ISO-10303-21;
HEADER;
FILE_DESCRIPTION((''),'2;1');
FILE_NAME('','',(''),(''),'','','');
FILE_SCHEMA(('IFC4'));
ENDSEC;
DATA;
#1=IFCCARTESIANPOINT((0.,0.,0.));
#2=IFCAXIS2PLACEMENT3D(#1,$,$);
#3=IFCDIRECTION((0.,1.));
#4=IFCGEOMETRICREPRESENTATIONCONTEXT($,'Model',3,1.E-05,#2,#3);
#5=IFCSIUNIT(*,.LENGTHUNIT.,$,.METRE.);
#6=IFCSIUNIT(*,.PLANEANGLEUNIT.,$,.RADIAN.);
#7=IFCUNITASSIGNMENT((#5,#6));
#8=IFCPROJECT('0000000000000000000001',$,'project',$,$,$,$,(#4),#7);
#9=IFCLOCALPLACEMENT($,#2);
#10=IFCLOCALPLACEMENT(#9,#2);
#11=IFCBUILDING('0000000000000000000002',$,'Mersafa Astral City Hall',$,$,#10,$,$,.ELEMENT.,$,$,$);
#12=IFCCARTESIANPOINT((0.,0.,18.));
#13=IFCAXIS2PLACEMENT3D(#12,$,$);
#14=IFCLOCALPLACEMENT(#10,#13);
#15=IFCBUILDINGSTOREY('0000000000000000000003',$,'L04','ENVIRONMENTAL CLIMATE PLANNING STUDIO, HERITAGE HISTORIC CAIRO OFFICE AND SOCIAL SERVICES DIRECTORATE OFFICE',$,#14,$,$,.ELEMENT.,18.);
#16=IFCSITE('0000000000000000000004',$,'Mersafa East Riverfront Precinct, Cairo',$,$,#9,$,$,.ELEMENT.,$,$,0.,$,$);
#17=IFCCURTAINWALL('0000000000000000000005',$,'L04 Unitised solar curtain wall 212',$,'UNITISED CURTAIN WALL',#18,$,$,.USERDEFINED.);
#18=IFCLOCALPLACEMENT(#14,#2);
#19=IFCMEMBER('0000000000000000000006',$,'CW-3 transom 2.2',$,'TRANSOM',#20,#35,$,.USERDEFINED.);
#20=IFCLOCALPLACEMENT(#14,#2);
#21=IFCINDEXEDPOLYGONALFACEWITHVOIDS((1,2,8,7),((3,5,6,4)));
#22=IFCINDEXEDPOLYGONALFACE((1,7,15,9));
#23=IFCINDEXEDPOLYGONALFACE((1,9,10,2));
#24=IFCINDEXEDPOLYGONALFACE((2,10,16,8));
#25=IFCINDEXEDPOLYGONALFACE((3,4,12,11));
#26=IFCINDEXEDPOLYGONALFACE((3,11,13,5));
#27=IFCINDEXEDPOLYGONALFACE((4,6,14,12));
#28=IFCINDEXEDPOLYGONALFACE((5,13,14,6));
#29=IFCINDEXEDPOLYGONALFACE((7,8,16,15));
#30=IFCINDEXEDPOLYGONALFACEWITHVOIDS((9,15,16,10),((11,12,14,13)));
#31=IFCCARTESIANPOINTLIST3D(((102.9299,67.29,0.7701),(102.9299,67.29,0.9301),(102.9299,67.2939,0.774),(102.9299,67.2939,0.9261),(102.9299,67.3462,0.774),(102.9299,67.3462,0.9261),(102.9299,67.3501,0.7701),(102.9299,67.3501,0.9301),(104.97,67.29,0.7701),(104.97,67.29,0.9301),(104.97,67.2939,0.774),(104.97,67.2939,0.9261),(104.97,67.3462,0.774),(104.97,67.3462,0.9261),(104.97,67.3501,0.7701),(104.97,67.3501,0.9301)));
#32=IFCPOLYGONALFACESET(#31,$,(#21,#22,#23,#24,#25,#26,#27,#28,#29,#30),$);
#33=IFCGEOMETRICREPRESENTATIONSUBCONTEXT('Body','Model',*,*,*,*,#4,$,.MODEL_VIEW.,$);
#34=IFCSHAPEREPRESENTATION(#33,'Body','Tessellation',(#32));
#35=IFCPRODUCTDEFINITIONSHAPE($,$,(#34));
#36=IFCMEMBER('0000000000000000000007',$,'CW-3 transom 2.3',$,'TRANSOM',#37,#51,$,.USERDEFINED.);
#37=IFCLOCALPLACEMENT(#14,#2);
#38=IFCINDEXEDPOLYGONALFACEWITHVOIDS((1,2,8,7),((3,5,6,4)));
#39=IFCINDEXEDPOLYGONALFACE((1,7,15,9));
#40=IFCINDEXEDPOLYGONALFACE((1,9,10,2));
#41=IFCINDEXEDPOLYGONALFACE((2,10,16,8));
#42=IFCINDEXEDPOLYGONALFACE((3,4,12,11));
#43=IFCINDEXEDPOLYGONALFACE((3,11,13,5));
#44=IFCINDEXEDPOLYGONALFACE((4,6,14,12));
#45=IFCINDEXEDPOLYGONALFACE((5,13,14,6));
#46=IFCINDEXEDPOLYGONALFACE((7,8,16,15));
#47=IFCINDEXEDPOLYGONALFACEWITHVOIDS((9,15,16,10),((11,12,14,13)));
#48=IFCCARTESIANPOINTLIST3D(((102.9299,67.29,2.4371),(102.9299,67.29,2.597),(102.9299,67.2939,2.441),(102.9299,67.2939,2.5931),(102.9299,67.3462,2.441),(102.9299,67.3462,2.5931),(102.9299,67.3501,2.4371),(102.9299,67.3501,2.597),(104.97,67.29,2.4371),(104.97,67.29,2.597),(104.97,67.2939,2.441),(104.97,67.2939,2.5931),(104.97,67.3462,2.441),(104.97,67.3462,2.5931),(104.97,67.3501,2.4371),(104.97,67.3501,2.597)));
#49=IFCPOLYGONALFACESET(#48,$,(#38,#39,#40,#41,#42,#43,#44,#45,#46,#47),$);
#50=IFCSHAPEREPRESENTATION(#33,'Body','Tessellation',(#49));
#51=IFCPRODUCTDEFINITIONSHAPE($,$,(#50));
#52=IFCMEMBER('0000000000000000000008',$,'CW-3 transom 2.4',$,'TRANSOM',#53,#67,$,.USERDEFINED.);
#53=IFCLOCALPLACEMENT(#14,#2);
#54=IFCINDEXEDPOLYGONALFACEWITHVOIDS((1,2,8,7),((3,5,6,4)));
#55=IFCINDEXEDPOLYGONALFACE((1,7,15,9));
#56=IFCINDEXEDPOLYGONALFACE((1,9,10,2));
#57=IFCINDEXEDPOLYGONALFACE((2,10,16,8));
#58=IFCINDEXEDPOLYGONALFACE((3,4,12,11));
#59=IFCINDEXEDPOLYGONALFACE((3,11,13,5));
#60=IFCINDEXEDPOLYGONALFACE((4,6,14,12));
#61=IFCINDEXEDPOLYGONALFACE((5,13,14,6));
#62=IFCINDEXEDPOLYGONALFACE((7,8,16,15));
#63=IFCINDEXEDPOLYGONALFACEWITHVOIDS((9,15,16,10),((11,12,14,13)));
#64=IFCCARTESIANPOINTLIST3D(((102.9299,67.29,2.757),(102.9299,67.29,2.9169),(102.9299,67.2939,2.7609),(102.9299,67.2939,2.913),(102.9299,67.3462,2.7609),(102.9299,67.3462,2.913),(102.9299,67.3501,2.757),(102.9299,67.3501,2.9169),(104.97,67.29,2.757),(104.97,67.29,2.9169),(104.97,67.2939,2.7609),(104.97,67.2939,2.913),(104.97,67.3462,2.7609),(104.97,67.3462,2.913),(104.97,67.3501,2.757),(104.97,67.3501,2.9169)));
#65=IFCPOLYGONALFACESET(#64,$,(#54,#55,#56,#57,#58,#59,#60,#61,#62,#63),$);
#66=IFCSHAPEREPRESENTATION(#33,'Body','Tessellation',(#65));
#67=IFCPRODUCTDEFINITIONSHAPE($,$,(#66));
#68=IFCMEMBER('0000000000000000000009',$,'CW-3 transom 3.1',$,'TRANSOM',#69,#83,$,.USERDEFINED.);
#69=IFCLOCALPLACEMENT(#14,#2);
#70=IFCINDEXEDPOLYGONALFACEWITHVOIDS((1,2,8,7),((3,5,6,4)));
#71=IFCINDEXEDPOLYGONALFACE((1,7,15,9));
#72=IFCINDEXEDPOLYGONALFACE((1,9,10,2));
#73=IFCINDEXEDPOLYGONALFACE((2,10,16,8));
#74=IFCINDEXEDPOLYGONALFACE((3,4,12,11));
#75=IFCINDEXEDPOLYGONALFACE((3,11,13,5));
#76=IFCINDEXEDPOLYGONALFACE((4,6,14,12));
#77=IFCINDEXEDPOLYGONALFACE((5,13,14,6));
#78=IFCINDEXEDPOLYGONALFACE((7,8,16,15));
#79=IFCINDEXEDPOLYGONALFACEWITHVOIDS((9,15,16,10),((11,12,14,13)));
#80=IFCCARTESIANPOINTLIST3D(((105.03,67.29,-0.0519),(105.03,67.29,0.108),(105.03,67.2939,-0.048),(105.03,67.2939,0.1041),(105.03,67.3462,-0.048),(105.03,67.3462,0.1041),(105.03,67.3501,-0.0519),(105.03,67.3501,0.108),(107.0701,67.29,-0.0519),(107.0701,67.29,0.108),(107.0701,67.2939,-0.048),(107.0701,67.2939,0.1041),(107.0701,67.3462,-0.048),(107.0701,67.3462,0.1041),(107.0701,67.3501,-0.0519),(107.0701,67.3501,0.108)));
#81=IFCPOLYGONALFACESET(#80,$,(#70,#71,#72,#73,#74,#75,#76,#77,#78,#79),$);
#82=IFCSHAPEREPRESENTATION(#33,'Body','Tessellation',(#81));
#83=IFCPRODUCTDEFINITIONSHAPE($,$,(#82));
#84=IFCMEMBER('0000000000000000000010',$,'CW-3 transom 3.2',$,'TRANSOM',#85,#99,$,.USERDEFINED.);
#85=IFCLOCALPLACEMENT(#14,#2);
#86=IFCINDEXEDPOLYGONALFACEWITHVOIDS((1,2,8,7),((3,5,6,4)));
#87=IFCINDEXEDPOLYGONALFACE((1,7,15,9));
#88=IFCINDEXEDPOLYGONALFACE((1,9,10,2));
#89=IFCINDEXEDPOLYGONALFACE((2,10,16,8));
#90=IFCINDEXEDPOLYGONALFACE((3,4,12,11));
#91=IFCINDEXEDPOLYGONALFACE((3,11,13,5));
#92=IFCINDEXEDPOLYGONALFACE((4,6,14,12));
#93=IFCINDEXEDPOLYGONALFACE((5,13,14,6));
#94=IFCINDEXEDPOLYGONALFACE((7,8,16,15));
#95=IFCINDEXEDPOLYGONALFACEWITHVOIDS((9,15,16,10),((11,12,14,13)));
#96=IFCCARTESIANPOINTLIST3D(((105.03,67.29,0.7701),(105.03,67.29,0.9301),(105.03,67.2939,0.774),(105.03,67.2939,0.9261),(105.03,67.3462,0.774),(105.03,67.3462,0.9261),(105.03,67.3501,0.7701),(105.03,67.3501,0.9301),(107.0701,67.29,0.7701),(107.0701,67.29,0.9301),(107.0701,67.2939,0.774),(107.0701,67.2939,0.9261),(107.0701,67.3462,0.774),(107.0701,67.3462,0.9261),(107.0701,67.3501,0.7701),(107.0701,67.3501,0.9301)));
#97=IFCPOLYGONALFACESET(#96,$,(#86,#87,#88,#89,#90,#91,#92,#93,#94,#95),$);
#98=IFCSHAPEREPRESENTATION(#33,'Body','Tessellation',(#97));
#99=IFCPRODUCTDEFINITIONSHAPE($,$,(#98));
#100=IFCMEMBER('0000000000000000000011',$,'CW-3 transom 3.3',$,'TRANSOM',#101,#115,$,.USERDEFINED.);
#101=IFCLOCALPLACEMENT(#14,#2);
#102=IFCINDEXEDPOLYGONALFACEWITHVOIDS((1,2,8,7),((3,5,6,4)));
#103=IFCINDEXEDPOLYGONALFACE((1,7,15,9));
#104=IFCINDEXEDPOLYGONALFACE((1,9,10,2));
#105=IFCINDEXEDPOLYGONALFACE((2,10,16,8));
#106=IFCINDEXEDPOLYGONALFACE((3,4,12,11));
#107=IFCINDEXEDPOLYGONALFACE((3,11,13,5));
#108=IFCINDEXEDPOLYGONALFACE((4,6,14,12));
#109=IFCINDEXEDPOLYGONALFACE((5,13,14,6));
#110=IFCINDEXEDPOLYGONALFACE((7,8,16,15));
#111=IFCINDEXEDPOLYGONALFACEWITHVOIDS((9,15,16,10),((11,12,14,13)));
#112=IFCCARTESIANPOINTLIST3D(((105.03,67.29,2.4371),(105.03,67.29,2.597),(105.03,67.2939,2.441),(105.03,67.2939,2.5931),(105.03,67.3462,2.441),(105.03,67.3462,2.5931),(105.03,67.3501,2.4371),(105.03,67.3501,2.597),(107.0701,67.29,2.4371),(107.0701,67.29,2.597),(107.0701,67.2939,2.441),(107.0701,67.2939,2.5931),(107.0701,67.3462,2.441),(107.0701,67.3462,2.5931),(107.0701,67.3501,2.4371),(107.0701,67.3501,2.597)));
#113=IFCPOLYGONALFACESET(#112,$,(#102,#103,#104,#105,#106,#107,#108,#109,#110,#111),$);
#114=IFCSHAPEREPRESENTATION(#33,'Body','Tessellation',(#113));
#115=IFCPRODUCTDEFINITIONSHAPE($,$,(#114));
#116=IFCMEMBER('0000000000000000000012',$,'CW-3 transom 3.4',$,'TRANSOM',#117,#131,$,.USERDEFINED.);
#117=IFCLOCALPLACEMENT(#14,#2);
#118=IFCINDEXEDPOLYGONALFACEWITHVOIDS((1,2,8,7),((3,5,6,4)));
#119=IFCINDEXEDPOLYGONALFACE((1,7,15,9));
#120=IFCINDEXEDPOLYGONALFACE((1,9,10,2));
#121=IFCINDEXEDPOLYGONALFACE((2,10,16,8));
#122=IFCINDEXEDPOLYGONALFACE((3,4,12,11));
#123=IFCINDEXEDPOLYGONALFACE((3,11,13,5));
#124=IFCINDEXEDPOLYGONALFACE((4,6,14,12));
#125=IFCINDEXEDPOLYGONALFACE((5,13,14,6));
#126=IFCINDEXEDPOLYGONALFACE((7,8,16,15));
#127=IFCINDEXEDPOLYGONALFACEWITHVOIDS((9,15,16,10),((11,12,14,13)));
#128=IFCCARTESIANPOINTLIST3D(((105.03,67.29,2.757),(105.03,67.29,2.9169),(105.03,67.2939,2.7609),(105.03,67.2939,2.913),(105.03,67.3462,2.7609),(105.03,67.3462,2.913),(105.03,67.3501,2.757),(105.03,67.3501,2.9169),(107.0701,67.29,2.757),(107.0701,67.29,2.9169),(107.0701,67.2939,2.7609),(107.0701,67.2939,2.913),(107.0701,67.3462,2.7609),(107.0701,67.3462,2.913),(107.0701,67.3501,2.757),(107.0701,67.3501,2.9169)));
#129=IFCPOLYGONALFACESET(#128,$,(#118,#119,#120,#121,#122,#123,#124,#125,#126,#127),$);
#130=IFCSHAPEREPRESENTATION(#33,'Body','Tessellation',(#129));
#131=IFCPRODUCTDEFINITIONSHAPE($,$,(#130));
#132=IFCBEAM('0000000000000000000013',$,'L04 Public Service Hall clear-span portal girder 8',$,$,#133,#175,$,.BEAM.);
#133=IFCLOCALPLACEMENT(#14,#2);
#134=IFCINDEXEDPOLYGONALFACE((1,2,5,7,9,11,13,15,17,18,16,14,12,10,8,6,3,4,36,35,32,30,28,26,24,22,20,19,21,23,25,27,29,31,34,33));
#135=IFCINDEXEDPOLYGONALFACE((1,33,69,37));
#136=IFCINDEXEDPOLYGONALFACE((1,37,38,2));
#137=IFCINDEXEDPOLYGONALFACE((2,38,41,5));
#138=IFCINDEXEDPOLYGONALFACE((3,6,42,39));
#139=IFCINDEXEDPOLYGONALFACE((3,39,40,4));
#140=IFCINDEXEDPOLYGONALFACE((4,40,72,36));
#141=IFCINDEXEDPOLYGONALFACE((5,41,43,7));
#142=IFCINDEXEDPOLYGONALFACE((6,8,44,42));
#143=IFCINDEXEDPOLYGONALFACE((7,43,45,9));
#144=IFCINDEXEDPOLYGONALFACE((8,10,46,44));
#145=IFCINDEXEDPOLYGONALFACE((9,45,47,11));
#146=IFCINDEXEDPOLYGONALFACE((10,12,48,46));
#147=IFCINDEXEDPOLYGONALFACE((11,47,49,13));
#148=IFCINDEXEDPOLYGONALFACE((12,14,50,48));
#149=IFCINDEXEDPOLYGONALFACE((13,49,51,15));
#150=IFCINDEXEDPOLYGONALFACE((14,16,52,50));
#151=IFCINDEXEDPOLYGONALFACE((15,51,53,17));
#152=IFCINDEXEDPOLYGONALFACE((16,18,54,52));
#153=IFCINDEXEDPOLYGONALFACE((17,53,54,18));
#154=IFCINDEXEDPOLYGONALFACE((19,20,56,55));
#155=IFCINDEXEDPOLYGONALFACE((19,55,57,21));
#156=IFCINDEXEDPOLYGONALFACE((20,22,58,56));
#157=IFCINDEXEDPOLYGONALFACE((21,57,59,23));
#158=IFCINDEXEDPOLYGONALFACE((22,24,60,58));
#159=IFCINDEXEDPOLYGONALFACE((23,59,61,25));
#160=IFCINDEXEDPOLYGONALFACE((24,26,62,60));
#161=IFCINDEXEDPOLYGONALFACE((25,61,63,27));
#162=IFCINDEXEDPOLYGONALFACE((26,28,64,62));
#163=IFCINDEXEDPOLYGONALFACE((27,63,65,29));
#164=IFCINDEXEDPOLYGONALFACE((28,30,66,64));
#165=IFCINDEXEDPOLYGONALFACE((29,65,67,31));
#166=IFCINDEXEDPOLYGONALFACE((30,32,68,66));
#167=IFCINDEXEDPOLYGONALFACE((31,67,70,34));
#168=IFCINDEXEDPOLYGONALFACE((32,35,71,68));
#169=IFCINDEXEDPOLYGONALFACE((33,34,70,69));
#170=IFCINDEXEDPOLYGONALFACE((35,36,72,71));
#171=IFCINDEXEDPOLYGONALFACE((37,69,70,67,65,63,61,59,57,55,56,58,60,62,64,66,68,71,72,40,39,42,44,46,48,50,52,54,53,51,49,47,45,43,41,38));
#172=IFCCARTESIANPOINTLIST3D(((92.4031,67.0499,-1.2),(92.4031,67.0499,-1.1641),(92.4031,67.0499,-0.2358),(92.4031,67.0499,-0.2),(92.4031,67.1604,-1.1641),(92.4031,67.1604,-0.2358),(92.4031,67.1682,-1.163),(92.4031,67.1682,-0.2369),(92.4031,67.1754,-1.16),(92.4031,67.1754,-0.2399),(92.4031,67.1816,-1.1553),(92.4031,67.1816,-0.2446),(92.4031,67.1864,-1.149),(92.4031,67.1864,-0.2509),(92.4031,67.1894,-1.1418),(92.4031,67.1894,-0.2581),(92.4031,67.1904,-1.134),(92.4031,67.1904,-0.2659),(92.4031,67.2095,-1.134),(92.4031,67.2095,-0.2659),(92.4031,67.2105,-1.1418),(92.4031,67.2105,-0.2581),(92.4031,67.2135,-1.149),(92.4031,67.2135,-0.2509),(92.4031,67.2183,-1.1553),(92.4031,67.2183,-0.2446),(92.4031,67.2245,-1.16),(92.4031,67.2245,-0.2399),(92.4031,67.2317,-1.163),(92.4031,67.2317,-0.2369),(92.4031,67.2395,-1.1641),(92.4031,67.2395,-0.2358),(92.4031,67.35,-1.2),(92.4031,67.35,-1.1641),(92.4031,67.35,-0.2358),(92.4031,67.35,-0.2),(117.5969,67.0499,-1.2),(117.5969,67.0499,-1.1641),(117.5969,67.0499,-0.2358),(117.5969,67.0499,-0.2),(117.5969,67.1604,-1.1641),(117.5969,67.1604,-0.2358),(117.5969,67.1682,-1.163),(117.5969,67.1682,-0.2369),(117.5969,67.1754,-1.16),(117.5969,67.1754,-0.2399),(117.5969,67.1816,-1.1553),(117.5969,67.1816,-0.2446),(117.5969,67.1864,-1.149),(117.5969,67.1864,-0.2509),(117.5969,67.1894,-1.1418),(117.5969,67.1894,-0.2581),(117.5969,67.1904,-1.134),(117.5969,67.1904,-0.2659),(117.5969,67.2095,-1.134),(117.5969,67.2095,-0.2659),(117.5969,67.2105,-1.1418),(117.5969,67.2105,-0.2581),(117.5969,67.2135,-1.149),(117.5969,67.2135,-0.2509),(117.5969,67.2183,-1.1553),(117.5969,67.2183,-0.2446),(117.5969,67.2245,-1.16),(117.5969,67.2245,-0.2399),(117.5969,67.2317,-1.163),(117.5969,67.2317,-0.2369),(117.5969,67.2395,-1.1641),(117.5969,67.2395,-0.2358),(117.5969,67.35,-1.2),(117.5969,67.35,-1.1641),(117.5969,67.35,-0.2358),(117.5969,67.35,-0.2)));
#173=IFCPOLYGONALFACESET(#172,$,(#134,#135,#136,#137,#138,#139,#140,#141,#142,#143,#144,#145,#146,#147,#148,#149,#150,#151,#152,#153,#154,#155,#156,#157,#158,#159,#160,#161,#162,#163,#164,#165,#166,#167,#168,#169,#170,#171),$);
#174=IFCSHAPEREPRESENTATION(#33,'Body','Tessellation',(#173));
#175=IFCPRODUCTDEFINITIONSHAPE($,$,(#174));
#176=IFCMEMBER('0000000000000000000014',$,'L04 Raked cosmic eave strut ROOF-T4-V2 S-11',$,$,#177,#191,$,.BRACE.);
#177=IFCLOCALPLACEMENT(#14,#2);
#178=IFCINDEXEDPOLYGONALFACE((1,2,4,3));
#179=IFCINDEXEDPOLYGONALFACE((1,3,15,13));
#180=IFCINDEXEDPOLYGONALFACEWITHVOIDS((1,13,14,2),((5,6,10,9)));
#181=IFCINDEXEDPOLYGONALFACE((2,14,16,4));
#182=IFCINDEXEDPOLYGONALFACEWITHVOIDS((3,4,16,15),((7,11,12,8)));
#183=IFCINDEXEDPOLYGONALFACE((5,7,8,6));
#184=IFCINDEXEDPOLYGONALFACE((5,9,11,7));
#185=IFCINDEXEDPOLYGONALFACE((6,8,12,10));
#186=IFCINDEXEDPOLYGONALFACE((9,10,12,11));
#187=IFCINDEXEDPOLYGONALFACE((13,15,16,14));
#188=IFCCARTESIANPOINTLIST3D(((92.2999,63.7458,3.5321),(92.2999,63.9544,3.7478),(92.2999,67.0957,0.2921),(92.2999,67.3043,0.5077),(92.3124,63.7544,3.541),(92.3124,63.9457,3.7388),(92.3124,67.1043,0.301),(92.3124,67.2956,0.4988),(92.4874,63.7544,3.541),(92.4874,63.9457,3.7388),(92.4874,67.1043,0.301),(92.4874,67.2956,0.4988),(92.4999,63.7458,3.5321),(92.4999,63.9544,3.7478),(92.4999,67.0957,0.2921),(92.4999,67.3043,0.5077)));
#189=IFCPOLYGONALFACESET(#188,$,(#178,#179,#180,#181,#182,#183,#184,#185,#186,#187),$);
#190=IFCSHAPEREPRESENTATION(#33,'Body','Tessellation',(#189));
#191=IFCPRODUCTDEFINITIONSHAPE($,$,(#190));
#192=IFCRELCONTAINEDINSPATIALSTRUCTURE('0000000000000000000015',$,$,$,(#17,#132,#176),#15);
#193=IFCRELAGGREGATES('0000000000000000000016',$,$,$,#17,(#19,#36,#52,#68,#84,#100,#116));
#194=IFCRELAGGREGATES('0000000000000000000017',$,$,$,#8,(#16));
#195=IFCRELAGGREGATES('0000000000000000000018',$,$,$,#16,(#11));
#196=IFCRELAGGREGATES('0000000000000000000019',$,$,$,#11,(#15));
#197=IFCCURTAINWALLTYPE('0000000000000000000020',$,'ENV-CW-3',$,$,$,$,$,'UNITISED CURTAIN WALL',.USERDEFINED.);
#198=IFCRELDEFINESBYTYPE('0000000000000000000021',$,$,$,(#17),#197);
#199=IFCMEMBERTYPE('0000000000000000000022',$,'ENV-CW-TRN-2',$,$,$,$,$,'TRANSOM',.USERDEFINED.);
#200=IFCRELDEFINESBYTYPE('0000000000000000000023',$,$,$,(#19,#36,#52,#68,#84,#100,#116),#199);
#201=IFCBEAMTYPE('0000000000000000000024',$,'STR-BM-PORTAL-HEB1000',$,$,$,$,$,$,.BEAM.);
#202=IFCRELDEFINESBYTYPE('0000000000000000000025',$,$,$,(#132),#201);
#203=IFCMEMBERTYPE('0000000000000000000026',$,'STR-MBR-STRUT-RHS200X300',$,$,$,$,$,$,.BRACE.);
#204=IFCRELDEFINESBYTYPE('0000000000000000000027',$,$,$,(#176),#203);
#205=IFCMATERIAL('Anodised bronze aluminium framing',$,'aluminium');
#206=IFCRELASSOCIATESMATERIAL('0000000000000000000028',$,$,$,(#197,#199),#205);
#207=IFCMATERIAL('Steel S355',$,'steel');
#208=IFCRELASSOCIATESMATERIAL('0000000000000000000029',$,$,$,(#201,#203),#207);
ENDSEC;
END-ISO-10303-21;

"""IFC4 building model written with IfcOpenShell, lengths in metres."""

from ifc_helpers import new_model, si_unit, direction, frame, origin, origin_2d, place, context, subcontext, project, spatial, hollow_rectangle, i_section, extrude, material, material_profile, profile_set, type_object, element, aggregate, save


model = new_model("IFC4")

# Units and contexts
model_context = context("Model", 3, precision=1e-05, world=origin(), true_north=direction((0.0, 1.0)))
body_context = subcontext(model_context, "Body", "Model", "MODEL_VIEW")
ifc_project = project(units=[si_unit("LENGTHUNIT", "METRE"), si_unit("PLANEANGLEUNIT", "RADIAN")], contexts=[model_context])

# Site, building, storey
site_placement = place(None, origin())
site = spatial("IfcSite", under=ifc_project, at=site_placement, Name="Mersafa East Riverfront Precinct, Cairo", CompositionType="ELEMENT", RefElevation=0.0)
building_placement = place(site_placement, origin())
building = spatial("IfcBuilding", under=site, at=building_placement, Name="Mersafa Astral City Hall", CompositionType="ELEMENT")
storey_placement = place(building_placement, frame((0.0, 0.0, 18.0)))
storey = spatial("IfcBuildingStorey", under=building, at=storey_placement, Name="L04", Description="ENVIRONMENTAL CLIMATE PLANNING STUDIO, HERITAGE HISTORIC CAIRO OFFICE AND SOCIAL SERVICES DIRECTORATE OFFICE", CompositionType="ELEMENT", Elevation=18.0)

# Shared definitions
ifc_material_1 = material(Name="Steel S355", Category="steel")

# Curtain wall, members
ifc_material_2 = material(Name="Anodised bronze aluminium framing", Category="aluminium")
curtain_wall_type = type_object("IfcCurtainWallType", Name="ENV-CW-3", ElementType="UNITISED CURTAIN WALL", PredefinedType="USERDEFINED", material=ifc_material_2)
curtain_wall_placement = place(storey_placement, origin())
curtain_wall = element("IfcCurtainWall", 1, at=curtain_wall_placement, inside=storey, type_object=curtain_wall_type, Name="L04 Unitised solar curtain wall 212", ObjectType="UNITISED CURTAIN WALL", PredefinedType="USERDEFINED")
ifc_material_profile_1 = material_profile(ifc_material_2, hollow_rectangle(XDim=0.0601, YDim=0.1599, WallThickness=0.0039, at=origin_2d()), Name="RHS 60x160x4")
ifc_profile_set_1 = profile_set([ifc_material_profile_1], Name="Anodised bronze aluminium framing")
member_type_1 = type_object("IfcMemberType", Name="ENV-CW-TRN-2", ElementType="TRANSOM", PredefinedType="USERDEFINED", material=ifc_profile_set_1)
member_1_placement = place(storey_placement, frame((102.9299, 67.3201, 0.8501), z_axis=(1.0, 0.0, 0.0), x_axis=(0.0, 1.0, 0.0)))
member_1 = element("IfcMember", 2, at=member_1_placement, type_object=member_type_1, Name="CW-3 transom 2.2", ObjectType="TRANSOM", PredefinedType="USERDEFINED", context=body_context, shape_type="SweptSolid", body=[
    extrude(hollow_rectangle(XDim=0.0601, YDim=0.1599, WallThickness=0.0039, at=origin_2d()), origin(), (0.0, 0.0, 1.0), 2.04),
])
member_2_placement = place(storey_placement, frame((102.9299, 67.3201, 2.5171), z_axis=(1.0, 0.0, 0.0), x_axis=(0.0, 1.0, 0.0)))
member_2 = element("IfcMember", 3, at=member_2_placement, type_object=member_type_1, Name="CW-3 transom 2.3", ObjectType="TRANSOM", PredefinedType="USERDEFINED", context=body_context, shape_type="SweptSolid", body=[
    extrude(hollow_rectangle(XDim=0.0601, YDim=0.1599, WallThickness=0.0039, at=origin_2d()), origin(), (0.0, 0.0, 1.0), 2.04),
])
member_3_placement = place(storey_placement, frame((102.9299, 67.3201, 2.8369), z_axis=(1.0, 0.0, 0.0), x_axis=(0.0, 1.0, 0.0)))
member_3 = element("IfcMember", 4, at=member_3_placement, type_object=member_type_1, Name="CW-3 transom 2.4", ObjectType="TRANSOM", PredefinedType="USERDEFINED", context=body_context, shape_type="SweptSolid", body=[
    extrude(hollow_rectangle(XDim=0.0601, YDim=0.1599, WallThickness=0.0039, at=origin_2d()), origin(), (0.0, 0.0, 1.0), 2.04),
])
member_4_placement = place(storey_placement, frame((105.03, 67.3201, 0.0281), z_axis=(1.0, 0.0, 0.0), x_axis=(0.0, 1.0, 0.0)))
member_4 = element("IfcMember", 5, at=member_4_placement, type_object=member_type_1, Name="CW-3 transom 3.1", ObjectType="TRANSOM", PredefinedType="USERDEFINED", context=body_context, shape_type="SweptSolid", body=[
    extrude(hollow_rectangle(XDim=0.0601, YDim=0.1599, WallThickness=0.0039, at=origin_2d()), origin(), (0.0, 0.0, 1.0), 2.04),
])
member_5_placement = place(storey_placement, frame((105.03, 67.3201, 0.8501), z_axis=(1.0, 0.0, 0.0), x_axis=(0.0, 1.0, 0.0)))
member_5 = element("IfcMember", 6, at=member_5_placement, type_object=member_type_1, Name="CW-3 transom 3.2", ObjectType="TRANSOM", PredefinedType="USERDEFINED", context=body_context, shape_type="SweptSolid", body=[
    extrude(hollow_rectangle(XDim=0.0601, YDim=0.1599, WallThickness=0.0039, at=origin_2d()), origin(), (0.0, 0.0, 1.0), 2.04),
])
member_6_placement = place(storey_placement, frame((105.03, 67.3201, 2.5171), z_axis=(1.0, 0.0, 0.0), x_axis=(0.0, 1.0, 0.0)))
member_6 = element("IfcMember", 7, at=member_6_placement, type_object=member_type_1, Name="CW-3 transom 3.3", ObjectType="TRANSOM", PredefinedType="USERDEFINED", context=body_context, shape_type="SweptSolid", body=[
    extrude(hollow_rectangle(XDim=0.0601, YDim=0.1599, WallThickness=0.0039, at=origin_2d()), origin(), (0.0, 0.0, 1.0), 2.04),
])
member_7_placement = place(storey_placement, frame((105.03, 67.3201, 2.8369), z_axis=(1.0, 0.0, 0.0), x_axis=(0.0, 1.0, 0.0)))
member_7 = element("IfcMember", 8, at=member_7_placement, type_object=member_type_1, Name="CW-3 transom 3.4", ObjectType="TRANSOM", PredefinedType="USERDEFINED", context=body_context, shape_type="SweptSolid", body=[
    extrude(hollow_rectangle(XDim=0.0601, YDim=0.1599, WallThickness=0.0039, at=origin_2d()), origin(), (0.0, 0.0, 1.0), 2.04),
])

# Beam
ifc_material_profile_2 = material_profile(ifc_material_1, i_section(OverallWidth=0.3, OverallDepth=1.0, WebThickness=0.019, FlangeThickness=0.0359, FilletRadius=0.03, at=origin_2d()), Name="HEB 1000")
ifc_profile_set_2 = profile_set([ifc_material_profile_2], Name="Steel S355")
beam_type = type_object("IfcBeamType", Name="STR-BM-PORTAL-HEB1000", PredefinedType="BEAM", material=ifc_profile_set_2)
beam_placement = place(storey_placement, frame((92.4031, 67.2, -0.7), z_axis=(1.0, 0.0, 0.0), x_axis=(0.0, 1.0, 0.0)))
element("IfcBeam", 9, at=beam_placement, inside=storey, type_object=beam_type, Name="L04 Public Service Hall clear-span portal girder 8", PredefinedType="BEAM", context=body_context, shape_type="SweptSolid", body=[
    extrude(i_section(OverallWidth=0.3, OverallDepth=1.0, WebThickness=0.019, FlangeThickness=0.0359, FilletRadius=0.03, at=origin_2d()), origin(), (0.0, 0.0, 1.0), 25.1938),
])

# Member
ifc_material_profile_3 = material_profile(ifc_material_1, hollow_rectangle(XDim=0.2, YDim=0.3, WallThickness=0.0125, at=origin_2d()), Name="RHS 200x300x12.5")
ifc_profile_set_3 = profile_set([ifc_material_profile_3], Name="Steel S355")
member_type_2 = type_object("IfcMemberType", Name="STR-MBR-STRUT-RHS200X300", PredefinedType="BRACE", material=ifc_profile_set_3)
member_8_placement = place(storey_placement, frame((92.3999, 67.2, 0.3999), z_axis=(0.0, -0.718796, 0.695222), x_axis=(1.0, 0.0, 0.0)))
element("IfcMember", 10, at=member_8_placement, inside=storey, type_object=member_type_2, Name="L04 Raked cosmic eave strut ROOF-T4-V2 S-11", PredefinedType="BRACE", context=body_context, shape_type="SweptSolid", body=[
    extrude(hollow_rectangle(XDim=0.2, YDim=0.3, WallThickness=0.0125, at=origin_2d()), origin(), (0.0, 0.0, 1.0), 4.6604),
])

aggregate(curtain_wall, [member_1, member_2, member_3, member_4, member_5, member_6, member_7])

save(model, "model.ifc")
